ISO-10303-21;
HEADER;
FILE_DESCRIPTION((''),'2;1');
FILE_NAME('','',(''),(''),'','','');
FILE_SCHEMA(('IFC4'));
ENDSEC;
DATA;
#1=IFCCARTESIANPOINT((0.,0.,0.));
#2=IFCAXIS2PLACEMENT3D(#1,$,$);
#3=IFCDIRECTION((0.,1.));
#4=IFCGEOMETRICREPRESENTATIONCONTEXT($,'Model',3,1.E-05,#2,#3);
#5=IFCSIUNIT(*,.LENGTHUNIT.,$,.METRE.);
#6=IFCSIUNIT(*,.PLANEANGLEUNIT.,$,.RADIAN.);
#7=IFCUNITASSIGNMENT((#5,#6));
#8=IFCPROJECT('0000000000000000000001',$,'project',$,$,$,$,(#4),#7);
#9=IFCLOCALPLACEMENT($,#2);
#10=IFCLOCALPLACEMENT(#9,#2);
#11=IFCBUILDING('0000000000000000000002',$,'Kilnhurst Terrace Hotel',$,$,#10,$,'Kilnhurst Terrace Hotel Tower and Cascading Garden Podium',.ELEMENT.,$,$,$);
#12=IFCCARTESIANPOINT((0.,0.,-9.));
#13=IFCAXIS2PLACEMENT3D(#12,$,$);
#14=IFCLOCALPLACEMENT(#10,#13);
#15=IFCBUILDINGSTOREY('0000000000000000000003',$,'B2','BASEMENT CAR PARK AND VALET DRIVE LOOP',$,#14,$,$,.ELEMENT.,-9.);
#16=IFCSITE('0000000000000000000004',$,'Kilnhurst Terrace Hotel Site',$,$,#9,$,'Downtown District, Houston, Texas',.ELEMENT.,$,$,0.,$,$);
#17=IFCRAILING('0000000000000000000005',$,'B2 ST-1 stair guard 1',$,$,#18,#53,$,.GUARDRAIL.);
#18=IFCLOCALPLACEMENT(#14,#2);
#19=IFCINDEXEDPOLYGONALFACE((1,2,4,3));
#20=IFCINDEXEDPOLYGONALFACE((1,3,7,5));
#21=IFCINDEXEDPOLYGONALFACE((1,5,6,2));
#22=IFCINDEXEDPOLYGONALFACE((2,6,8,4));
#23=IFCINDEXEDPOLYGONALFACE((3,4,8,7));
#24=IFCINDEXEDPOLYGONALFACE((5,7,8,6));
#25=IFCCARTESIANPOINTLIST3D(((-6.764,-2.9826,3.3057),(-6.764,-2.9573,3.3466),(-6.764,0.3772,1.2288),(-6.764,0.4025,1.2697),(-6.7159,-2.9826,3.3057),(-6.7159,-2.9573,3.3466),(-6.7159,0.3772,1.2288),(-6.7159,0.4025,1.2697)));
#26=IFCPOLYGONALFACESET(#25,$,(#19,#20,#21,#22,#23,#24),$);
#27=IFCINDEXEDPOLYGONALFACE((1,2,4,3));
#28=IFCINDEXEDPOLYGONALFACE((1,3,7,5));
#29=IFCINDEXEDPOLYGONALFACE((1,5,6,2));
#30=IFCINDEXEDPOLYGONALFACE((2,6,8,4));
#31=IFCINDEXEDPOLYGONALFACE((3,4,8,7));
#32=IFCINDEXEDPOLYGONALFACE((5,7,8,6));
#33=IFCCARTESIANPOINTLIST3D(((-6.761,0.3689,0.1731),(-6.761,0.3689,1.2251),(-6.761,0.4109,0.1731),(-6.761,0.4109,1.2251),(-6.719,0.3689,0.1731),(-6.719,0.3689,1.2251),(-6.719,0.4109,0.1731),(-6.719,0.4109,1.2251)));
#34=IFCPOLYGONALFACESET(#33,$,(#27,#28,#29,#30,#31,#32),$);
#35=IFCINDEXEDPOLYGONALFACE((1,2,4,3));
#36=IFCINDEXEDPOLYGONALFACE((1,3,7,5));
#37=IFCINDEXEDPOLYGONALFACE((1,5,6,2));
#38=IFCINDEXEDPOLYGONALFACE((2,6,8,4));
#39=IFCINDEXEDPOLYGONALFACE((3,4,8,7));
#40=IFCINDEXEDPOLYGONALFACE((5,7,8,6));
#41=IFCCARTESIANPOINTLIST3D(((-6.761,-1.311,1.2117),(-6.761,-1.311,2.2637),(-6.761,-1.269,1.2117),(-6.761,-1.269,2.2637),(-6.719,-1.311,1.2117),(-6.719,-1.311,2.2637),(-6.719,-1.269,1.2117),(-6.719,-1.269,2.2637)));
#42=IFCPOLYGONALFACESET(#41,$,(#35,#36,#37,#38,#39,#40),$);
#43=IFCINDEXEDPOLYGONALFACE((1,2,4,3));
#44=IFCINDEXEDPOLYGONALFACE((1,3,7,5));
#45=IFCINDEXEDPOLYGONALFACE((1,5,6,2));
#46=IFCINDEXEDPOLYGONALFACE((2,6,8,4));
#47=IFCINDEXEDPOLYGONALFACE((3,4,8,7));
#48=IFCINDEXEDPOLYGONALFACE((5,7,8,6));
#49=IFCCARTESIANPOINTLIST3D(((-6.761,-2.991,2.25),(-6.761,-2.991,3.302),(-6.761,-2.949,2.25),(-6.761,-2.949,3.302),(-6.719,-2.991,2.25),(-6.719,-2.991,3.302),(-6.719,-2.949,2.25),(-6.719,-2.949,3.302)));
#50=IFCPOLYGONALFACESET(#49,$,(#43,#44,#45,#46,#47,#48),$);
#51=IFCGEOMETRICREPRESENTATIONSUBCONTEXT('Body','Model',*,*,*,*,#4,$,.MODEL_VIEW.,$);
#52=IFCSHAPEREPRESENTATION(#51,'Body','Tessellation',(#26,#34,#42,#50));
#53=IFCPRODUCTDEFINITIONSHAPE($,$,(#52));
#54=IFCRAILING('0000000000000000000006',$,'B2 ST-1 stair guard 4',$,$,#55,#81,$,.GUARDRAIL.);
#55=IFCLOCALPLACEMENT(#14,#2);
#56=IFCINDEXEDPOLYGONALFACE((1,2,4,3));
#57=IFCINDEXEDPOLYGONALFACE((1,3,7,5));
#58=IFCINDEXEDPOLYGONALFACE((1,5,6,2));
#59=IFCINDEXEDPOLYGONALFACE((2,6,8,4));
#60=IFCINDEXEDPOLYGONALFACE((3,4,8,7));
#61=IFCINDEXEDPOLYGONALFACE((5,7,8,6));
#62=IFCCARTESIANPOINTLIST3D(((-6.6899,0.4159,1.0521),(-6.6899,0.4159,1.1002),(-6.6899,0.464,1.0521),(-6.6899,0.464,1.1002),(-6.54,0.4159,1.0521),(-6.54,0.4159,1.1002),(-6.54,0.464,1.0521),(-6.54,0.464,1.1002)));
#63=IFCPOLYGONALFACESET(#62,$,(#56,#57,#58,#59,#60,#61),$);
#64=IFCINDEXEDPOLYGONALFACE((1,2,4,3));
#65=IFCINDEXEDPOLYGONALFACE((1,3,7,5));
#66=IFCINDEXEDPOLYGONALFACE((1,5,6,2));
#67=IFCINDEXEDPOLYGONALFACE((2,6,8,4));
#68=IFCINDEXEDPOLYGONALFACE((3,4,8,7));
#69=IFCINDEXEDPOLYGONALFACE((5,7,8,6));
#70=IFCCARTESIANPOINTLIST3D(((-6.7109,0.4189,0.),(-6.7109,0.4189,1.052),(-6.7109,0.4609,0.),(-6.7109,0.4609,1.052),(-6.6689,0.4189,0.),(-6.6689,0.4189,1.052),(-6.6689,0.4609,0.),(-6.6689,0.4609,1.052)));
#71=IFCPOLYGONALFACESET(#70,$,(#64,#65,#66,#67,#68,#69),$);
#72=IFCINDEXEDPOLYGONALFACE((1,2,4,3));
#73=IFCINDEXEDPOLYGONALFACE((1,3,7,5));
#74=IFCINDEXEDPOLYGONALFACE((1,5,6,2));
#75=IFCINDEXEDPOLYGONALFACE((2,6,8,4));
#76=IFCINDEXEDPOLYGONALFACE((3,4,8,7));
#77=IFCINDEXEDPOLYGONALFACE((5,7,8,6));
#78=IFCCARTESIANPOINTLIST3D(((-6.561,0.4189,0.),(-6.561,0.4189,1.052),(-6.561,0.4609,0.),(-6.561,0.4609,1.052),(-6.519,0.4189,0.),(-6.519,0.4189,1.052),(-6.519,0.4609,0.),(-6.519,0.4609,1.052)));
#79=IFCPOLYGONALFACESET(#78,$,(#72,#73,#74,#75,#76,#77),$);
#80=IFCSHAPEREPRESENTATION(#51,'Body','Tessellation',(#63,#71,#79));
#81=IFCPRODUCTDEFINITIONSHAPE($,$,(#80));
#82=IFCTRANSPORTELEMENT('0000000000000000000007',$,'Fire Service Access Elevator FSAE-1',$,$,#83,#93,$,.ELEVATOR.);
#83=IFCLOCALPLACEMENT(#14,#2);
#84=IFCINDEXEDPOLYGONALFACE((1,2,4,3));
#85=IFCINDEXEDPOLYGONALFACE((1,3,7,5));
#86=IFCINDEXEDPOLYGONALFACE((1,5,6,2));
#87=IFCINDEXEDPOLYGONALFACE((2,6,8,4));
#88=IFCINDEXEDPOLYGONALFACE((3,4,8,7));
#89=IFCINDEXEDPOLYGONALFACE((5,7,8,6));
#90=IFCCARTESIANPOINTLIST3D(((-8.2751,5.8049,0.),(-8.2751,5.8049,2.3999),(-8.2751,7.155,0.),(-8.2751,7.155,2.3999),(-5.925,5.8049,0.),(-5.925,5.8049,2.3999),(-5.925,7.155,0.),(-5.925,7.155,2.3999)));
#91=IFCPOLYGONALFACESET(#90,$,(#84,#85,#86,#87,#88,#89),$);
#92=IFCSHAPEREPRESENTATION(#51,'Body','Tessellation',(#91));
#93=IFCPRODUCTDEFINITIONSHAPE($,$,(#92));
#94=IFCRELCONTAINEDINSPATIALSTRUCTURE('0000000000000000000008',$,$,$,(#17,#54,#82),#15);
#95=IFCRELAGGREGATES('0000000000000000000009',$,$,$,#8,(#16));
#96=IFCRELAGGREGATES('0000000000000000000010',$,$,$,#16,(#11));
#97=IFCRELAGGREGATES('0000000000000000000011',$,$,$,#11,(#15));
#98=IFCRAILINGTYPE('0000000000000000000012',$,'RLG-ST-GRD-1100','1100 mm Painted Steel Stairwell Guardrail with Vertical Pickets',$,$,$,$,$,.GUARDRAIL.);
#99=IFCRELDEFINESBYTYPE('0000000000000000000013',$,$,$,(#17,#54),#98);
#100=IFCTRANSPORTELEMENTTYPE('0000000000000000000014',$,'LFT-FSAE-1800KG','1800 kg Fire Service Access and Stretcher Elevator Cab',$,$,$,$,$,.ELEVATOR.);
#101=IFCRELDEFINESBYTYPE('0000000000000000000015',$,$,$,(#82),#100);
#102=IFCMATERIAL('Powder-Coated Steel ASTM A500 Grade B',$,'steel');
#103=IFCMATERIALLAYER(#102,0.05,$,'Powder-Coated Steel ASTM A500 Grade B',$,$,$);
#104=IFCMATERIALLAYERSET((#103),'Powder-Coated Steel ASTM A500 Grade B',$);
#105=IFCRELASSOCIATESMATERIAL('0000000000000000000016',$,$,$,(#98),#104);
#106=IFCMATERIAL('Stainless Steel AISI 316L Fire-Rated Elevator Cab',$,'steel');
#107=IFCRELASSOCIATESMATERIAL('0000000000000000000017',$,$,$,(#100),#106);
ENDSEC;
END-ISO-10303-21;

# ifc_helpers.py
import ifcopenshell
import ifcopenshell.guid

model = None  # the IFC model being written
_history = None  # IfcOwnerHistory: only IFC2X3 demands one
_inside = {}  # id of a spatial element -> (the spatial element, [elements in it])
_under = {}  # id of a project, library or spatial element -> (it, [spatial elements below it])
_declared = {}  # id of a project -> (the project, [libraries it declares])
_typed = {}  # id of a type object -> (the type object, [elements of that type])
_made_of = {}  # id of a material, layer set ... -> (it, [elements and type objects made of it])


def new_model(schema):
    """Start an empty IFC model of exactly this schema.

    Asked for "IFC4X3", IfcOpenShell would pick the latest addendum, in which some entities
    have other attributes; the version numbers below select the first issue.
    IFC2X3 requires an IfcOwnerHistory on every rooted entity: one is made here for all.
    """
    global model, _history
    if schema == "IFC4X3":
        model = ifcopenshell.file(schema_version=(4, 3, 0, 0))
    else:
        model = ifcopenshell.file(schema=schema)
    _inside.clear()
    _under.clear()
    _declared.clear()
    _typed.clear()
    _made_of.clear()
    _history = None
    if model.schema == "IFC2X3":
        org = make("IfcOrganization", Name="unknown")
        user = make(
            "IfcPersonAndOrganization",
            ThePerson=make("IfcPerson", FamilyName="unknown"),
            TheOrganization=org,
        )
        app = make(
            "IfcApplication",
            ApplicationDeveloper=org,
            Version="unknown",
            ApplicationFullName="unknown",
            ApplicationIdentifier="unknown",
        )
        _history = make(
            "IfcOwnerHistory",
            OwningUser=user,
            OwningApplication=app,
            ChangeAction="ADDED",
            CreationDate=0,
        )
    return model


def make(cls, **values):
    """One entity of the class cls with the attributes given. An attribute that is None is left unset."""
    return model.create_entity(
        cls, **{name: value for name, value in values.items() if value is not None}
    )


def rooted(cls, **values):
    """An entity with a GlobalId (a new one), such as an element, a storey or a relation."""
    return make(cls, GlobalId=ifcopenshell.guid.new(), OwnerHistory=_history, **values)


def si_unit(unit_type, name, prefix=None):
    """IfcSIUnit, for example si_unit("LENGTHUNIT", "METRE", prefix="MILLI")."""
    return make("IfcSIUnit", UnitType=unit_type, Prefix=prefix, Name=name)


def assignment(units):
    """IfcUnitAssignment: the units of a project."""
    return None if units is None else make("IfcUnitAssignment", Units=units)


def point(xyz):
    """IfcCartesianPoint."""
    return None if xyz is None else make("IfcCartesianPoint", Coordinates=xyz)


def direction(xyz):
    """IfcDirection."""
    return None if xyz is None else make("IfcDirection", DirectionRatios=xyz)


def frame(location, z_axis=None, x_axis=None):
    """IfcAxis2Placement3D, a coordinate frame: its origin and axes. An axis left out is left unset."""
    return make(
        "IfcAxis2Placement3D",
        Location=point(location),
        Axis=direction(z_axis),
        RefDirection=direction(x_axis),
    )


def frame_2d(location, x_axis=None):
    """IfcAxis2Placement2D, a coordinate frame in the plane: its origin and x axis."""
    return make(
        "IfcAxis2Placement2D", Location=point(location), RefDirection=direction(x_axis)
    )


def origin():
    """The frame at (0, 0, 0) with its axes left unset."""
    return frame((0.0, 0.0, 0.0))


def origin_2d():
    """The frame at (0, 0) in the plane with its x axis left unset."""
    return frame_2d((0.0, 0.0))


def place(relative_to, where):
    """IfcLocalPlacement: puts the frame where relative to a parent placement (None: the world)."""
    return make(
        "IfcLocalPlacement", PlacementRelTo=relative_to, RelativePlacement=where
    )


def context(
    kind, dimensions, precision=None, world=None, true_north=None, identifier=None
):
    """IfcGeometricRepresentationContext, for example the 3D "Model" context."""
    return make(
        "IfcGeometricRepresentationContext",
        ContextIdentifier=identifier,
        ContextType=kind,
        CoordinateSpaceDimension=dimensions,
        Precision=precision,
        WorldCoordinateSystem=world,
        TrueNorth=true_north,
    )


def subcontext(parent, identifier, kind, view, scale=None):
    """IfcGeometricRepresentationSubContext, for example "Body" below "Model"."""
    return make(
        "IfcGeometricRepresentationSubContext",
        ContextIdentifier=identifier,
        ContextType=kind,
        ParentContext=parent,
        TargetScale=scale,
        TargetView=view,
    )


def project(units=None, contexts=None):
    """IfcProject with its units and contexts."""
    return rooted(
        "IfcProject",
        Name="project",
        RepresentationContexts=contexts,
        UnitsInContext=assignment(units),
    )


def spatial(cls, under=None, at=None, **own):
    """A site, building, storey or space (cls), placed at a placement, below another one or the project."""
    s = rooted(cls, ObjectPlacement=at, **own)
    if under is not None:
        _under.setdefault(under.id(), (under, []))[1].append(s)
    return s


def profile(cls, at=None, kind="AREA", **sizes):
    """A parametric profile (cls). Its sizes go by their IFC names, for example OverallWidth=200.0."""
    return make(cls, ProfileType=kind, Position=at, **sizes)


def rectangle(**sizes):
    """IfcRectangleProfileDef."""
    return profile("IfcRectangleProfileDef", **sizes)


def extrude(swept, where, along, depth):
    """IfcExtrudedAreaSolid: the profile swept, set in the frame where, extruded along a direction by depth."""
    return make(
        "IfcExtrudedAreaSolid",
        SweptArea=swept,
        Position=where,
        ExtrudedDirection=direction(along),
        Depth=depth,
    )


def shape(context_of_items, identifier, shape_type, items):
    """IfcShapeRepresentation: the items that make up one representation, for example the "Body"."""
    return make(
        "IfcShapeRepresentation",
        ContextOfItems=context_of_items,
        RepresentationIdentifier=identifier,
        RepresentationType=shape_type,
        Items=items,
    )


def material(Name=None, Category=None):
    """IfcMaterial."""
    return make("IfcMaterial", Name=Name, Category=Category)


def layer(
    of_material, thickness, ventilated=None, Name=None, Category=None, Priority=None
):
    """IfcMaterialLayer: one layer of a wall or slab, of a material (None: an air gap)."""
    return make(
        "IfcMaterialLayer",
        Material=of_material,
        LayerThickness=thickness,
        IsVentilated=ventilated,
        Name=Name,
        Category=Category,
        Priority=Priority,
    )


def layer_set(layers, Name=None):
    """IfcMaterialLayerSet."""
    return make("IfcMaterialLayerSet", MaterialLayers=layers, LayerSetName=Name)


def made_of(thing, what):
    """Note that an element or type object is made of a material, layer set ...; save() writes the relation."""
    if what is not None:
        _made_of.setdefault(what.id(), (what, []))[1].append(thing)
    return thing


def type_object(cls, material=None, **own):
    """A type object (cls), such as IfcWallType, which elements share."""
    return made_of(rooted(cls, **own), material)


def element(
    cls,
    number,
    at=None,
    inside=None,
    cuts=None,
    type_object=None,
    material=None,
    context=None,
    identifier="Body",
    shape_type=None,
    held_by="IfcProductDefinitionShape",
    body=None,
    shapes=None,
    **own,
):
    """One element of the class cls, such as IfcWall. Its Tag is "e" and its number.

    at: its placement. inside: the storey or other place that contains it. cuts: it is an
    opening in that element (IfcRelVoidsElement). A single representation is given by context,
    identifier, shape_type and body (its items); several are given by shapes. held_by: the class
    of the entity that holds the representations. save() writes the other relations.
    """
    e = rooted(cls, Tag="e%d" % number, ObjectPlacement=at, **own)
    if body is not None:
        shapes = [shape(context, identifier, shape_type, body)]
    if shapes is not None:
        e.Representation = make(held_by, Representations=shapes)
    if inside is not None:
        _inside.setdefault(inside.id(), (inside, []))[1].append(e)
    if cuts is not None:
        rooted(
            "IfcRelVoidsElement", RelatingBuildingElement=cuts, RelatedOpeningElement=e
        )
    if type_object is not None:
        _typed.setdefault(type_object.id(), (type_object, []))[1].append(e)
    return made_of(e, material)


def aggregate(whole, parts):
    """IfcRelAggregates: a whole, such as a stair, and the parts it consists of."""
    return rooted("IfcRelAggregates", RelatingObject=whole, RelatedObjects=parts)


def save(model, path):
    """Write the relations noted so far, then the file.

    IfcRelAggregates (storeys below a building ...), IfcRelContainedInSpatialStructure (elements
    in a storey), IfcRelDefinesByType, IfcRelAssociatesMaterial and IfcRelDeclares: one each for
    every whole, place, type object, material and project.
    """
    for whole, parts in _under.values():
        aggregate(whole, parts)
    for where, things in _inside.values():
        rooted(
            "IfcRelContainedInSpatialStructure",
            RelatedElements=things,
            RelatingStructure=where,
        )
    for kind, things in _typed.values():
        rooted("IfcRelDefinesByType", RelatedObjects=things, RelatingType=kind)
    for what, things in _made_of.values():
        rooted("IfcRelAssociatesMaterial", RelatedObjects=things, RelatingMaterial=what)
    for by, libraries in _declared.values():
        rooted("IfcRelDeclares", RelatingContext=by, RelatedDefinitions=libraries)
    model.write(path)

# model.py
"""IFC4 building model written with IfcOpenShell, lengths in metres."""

from ifc_helpers import new_model, si_unit, direction, frame, origin, origin_2d, place, context, subcontext, project, spatial, rectangle, extrude, material, layer, layer_set, type_object, element, save


model = new_model("IFC4")

# Units and contexts
model_context = context("Model", 3, precision=1e-05, world=origin(), true_north=direction((0.0, 1.0)))
body_context = subcontext(model_context, "Body", "Model", "MODEL_VIEW")
ifc_project = project(units=[si_unit("LENGTHUNIT", "METRE"), si_unit("PLANEANGLEUNIT", "RADIAN")], contexts=[model_context])

# Site, building, storey
site_placement = place(None, origin())
site = spatial("IfcSite", under=ifc_project, at=site_placement, Name="Kilnhurst Terrace Hotel Site", LongName="Downtown District, Houston, Texas", CompositionType="ELEMENT", RefElevation=0.0)
building_placement = place(site_placement, origin())
building = spatial("IfcBuilding", under=site, at=building_placement, Name="Kilnhurst Terrace Hotel", LongName="Kilnhurst Terrace Hotel Tower and Cascading Garden Podium", CompositionType="ELEMENT")
storey_placement = place(building_placement, frame((0.0, 0.0, -9.0)))
storey = spatial("IfcBuildingStorey", under=building, at=storey_placement, Name="B2", Description="BASEMENT CAR PARK AND VALET DRIVE LOOP", CompositionType="ELEMENT", Elevation=-9.0)

# Railings
ifc_material_1 = material(Name="Powder-Coated Steel ASTM A500 Grade B", Category="steel")
ifc_layer_1 = layer(ifc_material_1, 0.05, Name="Powder-Coated Steel ASTM A500 Grade B")
ifc_layer_set_1 = layer_set([ifc_layer_1], Name="Powder-Coated Steel ASTM A500 Grade B")
railing_type = type_object("IfcRailingType", Name="RLG-ST-GRD-1100", Description="1100 mm Painted Steel Stairwell Guardrail with Vertical Pickets", PredefinedType="GUARDRAIL", material=ifc_layer_set_1)
railing_1_placement = place(storey_placement, frame((-6.74, 0.3899, 0.1731)))
element("IfcRailing", 1, at=railing_1_placement, inside=storey, type_object=railing_type, Name="B2 ST-1 stair guard 1", PredefinedType="GUARDRAIL", context=body_context, shape_type="SweptSolid", body=[
    extrude(rectangle(XDim=0.0481, YDim=0.0481, at=origin_2d()), frame((0.0, 0.0, 1.0762), z_axis=(0.0, -0.850606, 0.525803), x_axis=(1.0, 0.0, 0.0)), (0.0, 0.0, 1.0), 3.95),
    extrude(rectangle(XDim=0.042, YDim=0.042, at=origin_2d()), origin(), (0.0, 0.0, 1.0), 1.052),
    extrude(rectangle(XDim=0.042, YDim=0.042, at=origin_2d()), frame((0.0, -1.6799, 1.0386)), (0.0, 0.0, 1.0), 1.052),
    extrude(rectangle(XDim=0.042, YDim=0.042, at=origin_2d()), frame((0.0, -3.3599, 2.0769)), (0.0, 0.0, 1.0), 1.052),
])
railing_2_placement = place(storey_placement, frame((-6.6899, 0.4399, 0.0)))
element("IfcRailing", 2, at=railing_2_placement, inside=storey, type_object=railing_type, Name="B2 ST-1 stair guard 4", PredefinedType="GUARDRAIL", context=body_context, shape_type="SweptSolid", body=[
    extrude(rectangle(XDim=0.0481, YDim=0.0481, at=origin_2d()), frame((0.0, 0.0, 1.0762), z_axis=(1.0, 0.0, 0.0), x_axis=(0.0, 1.0, 0.0)), (0.0, 0.0, 1.0), 0.1499),
    extrude(rectangle(XDim=0.042, YDim=0.042, at=origin_2d()), origin(), (0.0, 0.0, 1.0), 1.052),
    extrude(rectangle(XDim=0.042, YDim=0.042, at=origin_2d()), frame((0.1499, 0.0, 0.0)), (0.0, 0.0, 1.0), 1.052),
])

# Transport element
ifc_material_2 = material(Name="Stainless Steel AISI 316L Fire-Rated Elevator Cab", Category="steel")
transport_element_type = type_object("IfcTransportElementType", Name="LFT-FSAE-1800KG", Description="1800 kg Fire Service Access and Stretcher Elevator Cab", PredefinedType="ELEVATOR", material=ifc_material_2)
transport_element_placement = place(storey_placement, frame((-7.1001, 6.48, 0.0), z_axis=(0.0, 0.0, 1.0), x_axis=(1.0, 0.0, 0.0)))
element("IfcTransportElement", 3, at=transport_element_placement, inside=storey, type_object=transport_element_type, Name="Fire Service Access Elevator FSAE-1", PredefinedType="ELEVATOR", context=body_context, shape_type="SweptSolid", body=[
    extrude(rectangle(XDim=2.3501, YDim=1.3501, at=origin_2d()), origin(), (0.0, 0.0, 1.0), 2.3999),
])

save(model, "model.ifc")
